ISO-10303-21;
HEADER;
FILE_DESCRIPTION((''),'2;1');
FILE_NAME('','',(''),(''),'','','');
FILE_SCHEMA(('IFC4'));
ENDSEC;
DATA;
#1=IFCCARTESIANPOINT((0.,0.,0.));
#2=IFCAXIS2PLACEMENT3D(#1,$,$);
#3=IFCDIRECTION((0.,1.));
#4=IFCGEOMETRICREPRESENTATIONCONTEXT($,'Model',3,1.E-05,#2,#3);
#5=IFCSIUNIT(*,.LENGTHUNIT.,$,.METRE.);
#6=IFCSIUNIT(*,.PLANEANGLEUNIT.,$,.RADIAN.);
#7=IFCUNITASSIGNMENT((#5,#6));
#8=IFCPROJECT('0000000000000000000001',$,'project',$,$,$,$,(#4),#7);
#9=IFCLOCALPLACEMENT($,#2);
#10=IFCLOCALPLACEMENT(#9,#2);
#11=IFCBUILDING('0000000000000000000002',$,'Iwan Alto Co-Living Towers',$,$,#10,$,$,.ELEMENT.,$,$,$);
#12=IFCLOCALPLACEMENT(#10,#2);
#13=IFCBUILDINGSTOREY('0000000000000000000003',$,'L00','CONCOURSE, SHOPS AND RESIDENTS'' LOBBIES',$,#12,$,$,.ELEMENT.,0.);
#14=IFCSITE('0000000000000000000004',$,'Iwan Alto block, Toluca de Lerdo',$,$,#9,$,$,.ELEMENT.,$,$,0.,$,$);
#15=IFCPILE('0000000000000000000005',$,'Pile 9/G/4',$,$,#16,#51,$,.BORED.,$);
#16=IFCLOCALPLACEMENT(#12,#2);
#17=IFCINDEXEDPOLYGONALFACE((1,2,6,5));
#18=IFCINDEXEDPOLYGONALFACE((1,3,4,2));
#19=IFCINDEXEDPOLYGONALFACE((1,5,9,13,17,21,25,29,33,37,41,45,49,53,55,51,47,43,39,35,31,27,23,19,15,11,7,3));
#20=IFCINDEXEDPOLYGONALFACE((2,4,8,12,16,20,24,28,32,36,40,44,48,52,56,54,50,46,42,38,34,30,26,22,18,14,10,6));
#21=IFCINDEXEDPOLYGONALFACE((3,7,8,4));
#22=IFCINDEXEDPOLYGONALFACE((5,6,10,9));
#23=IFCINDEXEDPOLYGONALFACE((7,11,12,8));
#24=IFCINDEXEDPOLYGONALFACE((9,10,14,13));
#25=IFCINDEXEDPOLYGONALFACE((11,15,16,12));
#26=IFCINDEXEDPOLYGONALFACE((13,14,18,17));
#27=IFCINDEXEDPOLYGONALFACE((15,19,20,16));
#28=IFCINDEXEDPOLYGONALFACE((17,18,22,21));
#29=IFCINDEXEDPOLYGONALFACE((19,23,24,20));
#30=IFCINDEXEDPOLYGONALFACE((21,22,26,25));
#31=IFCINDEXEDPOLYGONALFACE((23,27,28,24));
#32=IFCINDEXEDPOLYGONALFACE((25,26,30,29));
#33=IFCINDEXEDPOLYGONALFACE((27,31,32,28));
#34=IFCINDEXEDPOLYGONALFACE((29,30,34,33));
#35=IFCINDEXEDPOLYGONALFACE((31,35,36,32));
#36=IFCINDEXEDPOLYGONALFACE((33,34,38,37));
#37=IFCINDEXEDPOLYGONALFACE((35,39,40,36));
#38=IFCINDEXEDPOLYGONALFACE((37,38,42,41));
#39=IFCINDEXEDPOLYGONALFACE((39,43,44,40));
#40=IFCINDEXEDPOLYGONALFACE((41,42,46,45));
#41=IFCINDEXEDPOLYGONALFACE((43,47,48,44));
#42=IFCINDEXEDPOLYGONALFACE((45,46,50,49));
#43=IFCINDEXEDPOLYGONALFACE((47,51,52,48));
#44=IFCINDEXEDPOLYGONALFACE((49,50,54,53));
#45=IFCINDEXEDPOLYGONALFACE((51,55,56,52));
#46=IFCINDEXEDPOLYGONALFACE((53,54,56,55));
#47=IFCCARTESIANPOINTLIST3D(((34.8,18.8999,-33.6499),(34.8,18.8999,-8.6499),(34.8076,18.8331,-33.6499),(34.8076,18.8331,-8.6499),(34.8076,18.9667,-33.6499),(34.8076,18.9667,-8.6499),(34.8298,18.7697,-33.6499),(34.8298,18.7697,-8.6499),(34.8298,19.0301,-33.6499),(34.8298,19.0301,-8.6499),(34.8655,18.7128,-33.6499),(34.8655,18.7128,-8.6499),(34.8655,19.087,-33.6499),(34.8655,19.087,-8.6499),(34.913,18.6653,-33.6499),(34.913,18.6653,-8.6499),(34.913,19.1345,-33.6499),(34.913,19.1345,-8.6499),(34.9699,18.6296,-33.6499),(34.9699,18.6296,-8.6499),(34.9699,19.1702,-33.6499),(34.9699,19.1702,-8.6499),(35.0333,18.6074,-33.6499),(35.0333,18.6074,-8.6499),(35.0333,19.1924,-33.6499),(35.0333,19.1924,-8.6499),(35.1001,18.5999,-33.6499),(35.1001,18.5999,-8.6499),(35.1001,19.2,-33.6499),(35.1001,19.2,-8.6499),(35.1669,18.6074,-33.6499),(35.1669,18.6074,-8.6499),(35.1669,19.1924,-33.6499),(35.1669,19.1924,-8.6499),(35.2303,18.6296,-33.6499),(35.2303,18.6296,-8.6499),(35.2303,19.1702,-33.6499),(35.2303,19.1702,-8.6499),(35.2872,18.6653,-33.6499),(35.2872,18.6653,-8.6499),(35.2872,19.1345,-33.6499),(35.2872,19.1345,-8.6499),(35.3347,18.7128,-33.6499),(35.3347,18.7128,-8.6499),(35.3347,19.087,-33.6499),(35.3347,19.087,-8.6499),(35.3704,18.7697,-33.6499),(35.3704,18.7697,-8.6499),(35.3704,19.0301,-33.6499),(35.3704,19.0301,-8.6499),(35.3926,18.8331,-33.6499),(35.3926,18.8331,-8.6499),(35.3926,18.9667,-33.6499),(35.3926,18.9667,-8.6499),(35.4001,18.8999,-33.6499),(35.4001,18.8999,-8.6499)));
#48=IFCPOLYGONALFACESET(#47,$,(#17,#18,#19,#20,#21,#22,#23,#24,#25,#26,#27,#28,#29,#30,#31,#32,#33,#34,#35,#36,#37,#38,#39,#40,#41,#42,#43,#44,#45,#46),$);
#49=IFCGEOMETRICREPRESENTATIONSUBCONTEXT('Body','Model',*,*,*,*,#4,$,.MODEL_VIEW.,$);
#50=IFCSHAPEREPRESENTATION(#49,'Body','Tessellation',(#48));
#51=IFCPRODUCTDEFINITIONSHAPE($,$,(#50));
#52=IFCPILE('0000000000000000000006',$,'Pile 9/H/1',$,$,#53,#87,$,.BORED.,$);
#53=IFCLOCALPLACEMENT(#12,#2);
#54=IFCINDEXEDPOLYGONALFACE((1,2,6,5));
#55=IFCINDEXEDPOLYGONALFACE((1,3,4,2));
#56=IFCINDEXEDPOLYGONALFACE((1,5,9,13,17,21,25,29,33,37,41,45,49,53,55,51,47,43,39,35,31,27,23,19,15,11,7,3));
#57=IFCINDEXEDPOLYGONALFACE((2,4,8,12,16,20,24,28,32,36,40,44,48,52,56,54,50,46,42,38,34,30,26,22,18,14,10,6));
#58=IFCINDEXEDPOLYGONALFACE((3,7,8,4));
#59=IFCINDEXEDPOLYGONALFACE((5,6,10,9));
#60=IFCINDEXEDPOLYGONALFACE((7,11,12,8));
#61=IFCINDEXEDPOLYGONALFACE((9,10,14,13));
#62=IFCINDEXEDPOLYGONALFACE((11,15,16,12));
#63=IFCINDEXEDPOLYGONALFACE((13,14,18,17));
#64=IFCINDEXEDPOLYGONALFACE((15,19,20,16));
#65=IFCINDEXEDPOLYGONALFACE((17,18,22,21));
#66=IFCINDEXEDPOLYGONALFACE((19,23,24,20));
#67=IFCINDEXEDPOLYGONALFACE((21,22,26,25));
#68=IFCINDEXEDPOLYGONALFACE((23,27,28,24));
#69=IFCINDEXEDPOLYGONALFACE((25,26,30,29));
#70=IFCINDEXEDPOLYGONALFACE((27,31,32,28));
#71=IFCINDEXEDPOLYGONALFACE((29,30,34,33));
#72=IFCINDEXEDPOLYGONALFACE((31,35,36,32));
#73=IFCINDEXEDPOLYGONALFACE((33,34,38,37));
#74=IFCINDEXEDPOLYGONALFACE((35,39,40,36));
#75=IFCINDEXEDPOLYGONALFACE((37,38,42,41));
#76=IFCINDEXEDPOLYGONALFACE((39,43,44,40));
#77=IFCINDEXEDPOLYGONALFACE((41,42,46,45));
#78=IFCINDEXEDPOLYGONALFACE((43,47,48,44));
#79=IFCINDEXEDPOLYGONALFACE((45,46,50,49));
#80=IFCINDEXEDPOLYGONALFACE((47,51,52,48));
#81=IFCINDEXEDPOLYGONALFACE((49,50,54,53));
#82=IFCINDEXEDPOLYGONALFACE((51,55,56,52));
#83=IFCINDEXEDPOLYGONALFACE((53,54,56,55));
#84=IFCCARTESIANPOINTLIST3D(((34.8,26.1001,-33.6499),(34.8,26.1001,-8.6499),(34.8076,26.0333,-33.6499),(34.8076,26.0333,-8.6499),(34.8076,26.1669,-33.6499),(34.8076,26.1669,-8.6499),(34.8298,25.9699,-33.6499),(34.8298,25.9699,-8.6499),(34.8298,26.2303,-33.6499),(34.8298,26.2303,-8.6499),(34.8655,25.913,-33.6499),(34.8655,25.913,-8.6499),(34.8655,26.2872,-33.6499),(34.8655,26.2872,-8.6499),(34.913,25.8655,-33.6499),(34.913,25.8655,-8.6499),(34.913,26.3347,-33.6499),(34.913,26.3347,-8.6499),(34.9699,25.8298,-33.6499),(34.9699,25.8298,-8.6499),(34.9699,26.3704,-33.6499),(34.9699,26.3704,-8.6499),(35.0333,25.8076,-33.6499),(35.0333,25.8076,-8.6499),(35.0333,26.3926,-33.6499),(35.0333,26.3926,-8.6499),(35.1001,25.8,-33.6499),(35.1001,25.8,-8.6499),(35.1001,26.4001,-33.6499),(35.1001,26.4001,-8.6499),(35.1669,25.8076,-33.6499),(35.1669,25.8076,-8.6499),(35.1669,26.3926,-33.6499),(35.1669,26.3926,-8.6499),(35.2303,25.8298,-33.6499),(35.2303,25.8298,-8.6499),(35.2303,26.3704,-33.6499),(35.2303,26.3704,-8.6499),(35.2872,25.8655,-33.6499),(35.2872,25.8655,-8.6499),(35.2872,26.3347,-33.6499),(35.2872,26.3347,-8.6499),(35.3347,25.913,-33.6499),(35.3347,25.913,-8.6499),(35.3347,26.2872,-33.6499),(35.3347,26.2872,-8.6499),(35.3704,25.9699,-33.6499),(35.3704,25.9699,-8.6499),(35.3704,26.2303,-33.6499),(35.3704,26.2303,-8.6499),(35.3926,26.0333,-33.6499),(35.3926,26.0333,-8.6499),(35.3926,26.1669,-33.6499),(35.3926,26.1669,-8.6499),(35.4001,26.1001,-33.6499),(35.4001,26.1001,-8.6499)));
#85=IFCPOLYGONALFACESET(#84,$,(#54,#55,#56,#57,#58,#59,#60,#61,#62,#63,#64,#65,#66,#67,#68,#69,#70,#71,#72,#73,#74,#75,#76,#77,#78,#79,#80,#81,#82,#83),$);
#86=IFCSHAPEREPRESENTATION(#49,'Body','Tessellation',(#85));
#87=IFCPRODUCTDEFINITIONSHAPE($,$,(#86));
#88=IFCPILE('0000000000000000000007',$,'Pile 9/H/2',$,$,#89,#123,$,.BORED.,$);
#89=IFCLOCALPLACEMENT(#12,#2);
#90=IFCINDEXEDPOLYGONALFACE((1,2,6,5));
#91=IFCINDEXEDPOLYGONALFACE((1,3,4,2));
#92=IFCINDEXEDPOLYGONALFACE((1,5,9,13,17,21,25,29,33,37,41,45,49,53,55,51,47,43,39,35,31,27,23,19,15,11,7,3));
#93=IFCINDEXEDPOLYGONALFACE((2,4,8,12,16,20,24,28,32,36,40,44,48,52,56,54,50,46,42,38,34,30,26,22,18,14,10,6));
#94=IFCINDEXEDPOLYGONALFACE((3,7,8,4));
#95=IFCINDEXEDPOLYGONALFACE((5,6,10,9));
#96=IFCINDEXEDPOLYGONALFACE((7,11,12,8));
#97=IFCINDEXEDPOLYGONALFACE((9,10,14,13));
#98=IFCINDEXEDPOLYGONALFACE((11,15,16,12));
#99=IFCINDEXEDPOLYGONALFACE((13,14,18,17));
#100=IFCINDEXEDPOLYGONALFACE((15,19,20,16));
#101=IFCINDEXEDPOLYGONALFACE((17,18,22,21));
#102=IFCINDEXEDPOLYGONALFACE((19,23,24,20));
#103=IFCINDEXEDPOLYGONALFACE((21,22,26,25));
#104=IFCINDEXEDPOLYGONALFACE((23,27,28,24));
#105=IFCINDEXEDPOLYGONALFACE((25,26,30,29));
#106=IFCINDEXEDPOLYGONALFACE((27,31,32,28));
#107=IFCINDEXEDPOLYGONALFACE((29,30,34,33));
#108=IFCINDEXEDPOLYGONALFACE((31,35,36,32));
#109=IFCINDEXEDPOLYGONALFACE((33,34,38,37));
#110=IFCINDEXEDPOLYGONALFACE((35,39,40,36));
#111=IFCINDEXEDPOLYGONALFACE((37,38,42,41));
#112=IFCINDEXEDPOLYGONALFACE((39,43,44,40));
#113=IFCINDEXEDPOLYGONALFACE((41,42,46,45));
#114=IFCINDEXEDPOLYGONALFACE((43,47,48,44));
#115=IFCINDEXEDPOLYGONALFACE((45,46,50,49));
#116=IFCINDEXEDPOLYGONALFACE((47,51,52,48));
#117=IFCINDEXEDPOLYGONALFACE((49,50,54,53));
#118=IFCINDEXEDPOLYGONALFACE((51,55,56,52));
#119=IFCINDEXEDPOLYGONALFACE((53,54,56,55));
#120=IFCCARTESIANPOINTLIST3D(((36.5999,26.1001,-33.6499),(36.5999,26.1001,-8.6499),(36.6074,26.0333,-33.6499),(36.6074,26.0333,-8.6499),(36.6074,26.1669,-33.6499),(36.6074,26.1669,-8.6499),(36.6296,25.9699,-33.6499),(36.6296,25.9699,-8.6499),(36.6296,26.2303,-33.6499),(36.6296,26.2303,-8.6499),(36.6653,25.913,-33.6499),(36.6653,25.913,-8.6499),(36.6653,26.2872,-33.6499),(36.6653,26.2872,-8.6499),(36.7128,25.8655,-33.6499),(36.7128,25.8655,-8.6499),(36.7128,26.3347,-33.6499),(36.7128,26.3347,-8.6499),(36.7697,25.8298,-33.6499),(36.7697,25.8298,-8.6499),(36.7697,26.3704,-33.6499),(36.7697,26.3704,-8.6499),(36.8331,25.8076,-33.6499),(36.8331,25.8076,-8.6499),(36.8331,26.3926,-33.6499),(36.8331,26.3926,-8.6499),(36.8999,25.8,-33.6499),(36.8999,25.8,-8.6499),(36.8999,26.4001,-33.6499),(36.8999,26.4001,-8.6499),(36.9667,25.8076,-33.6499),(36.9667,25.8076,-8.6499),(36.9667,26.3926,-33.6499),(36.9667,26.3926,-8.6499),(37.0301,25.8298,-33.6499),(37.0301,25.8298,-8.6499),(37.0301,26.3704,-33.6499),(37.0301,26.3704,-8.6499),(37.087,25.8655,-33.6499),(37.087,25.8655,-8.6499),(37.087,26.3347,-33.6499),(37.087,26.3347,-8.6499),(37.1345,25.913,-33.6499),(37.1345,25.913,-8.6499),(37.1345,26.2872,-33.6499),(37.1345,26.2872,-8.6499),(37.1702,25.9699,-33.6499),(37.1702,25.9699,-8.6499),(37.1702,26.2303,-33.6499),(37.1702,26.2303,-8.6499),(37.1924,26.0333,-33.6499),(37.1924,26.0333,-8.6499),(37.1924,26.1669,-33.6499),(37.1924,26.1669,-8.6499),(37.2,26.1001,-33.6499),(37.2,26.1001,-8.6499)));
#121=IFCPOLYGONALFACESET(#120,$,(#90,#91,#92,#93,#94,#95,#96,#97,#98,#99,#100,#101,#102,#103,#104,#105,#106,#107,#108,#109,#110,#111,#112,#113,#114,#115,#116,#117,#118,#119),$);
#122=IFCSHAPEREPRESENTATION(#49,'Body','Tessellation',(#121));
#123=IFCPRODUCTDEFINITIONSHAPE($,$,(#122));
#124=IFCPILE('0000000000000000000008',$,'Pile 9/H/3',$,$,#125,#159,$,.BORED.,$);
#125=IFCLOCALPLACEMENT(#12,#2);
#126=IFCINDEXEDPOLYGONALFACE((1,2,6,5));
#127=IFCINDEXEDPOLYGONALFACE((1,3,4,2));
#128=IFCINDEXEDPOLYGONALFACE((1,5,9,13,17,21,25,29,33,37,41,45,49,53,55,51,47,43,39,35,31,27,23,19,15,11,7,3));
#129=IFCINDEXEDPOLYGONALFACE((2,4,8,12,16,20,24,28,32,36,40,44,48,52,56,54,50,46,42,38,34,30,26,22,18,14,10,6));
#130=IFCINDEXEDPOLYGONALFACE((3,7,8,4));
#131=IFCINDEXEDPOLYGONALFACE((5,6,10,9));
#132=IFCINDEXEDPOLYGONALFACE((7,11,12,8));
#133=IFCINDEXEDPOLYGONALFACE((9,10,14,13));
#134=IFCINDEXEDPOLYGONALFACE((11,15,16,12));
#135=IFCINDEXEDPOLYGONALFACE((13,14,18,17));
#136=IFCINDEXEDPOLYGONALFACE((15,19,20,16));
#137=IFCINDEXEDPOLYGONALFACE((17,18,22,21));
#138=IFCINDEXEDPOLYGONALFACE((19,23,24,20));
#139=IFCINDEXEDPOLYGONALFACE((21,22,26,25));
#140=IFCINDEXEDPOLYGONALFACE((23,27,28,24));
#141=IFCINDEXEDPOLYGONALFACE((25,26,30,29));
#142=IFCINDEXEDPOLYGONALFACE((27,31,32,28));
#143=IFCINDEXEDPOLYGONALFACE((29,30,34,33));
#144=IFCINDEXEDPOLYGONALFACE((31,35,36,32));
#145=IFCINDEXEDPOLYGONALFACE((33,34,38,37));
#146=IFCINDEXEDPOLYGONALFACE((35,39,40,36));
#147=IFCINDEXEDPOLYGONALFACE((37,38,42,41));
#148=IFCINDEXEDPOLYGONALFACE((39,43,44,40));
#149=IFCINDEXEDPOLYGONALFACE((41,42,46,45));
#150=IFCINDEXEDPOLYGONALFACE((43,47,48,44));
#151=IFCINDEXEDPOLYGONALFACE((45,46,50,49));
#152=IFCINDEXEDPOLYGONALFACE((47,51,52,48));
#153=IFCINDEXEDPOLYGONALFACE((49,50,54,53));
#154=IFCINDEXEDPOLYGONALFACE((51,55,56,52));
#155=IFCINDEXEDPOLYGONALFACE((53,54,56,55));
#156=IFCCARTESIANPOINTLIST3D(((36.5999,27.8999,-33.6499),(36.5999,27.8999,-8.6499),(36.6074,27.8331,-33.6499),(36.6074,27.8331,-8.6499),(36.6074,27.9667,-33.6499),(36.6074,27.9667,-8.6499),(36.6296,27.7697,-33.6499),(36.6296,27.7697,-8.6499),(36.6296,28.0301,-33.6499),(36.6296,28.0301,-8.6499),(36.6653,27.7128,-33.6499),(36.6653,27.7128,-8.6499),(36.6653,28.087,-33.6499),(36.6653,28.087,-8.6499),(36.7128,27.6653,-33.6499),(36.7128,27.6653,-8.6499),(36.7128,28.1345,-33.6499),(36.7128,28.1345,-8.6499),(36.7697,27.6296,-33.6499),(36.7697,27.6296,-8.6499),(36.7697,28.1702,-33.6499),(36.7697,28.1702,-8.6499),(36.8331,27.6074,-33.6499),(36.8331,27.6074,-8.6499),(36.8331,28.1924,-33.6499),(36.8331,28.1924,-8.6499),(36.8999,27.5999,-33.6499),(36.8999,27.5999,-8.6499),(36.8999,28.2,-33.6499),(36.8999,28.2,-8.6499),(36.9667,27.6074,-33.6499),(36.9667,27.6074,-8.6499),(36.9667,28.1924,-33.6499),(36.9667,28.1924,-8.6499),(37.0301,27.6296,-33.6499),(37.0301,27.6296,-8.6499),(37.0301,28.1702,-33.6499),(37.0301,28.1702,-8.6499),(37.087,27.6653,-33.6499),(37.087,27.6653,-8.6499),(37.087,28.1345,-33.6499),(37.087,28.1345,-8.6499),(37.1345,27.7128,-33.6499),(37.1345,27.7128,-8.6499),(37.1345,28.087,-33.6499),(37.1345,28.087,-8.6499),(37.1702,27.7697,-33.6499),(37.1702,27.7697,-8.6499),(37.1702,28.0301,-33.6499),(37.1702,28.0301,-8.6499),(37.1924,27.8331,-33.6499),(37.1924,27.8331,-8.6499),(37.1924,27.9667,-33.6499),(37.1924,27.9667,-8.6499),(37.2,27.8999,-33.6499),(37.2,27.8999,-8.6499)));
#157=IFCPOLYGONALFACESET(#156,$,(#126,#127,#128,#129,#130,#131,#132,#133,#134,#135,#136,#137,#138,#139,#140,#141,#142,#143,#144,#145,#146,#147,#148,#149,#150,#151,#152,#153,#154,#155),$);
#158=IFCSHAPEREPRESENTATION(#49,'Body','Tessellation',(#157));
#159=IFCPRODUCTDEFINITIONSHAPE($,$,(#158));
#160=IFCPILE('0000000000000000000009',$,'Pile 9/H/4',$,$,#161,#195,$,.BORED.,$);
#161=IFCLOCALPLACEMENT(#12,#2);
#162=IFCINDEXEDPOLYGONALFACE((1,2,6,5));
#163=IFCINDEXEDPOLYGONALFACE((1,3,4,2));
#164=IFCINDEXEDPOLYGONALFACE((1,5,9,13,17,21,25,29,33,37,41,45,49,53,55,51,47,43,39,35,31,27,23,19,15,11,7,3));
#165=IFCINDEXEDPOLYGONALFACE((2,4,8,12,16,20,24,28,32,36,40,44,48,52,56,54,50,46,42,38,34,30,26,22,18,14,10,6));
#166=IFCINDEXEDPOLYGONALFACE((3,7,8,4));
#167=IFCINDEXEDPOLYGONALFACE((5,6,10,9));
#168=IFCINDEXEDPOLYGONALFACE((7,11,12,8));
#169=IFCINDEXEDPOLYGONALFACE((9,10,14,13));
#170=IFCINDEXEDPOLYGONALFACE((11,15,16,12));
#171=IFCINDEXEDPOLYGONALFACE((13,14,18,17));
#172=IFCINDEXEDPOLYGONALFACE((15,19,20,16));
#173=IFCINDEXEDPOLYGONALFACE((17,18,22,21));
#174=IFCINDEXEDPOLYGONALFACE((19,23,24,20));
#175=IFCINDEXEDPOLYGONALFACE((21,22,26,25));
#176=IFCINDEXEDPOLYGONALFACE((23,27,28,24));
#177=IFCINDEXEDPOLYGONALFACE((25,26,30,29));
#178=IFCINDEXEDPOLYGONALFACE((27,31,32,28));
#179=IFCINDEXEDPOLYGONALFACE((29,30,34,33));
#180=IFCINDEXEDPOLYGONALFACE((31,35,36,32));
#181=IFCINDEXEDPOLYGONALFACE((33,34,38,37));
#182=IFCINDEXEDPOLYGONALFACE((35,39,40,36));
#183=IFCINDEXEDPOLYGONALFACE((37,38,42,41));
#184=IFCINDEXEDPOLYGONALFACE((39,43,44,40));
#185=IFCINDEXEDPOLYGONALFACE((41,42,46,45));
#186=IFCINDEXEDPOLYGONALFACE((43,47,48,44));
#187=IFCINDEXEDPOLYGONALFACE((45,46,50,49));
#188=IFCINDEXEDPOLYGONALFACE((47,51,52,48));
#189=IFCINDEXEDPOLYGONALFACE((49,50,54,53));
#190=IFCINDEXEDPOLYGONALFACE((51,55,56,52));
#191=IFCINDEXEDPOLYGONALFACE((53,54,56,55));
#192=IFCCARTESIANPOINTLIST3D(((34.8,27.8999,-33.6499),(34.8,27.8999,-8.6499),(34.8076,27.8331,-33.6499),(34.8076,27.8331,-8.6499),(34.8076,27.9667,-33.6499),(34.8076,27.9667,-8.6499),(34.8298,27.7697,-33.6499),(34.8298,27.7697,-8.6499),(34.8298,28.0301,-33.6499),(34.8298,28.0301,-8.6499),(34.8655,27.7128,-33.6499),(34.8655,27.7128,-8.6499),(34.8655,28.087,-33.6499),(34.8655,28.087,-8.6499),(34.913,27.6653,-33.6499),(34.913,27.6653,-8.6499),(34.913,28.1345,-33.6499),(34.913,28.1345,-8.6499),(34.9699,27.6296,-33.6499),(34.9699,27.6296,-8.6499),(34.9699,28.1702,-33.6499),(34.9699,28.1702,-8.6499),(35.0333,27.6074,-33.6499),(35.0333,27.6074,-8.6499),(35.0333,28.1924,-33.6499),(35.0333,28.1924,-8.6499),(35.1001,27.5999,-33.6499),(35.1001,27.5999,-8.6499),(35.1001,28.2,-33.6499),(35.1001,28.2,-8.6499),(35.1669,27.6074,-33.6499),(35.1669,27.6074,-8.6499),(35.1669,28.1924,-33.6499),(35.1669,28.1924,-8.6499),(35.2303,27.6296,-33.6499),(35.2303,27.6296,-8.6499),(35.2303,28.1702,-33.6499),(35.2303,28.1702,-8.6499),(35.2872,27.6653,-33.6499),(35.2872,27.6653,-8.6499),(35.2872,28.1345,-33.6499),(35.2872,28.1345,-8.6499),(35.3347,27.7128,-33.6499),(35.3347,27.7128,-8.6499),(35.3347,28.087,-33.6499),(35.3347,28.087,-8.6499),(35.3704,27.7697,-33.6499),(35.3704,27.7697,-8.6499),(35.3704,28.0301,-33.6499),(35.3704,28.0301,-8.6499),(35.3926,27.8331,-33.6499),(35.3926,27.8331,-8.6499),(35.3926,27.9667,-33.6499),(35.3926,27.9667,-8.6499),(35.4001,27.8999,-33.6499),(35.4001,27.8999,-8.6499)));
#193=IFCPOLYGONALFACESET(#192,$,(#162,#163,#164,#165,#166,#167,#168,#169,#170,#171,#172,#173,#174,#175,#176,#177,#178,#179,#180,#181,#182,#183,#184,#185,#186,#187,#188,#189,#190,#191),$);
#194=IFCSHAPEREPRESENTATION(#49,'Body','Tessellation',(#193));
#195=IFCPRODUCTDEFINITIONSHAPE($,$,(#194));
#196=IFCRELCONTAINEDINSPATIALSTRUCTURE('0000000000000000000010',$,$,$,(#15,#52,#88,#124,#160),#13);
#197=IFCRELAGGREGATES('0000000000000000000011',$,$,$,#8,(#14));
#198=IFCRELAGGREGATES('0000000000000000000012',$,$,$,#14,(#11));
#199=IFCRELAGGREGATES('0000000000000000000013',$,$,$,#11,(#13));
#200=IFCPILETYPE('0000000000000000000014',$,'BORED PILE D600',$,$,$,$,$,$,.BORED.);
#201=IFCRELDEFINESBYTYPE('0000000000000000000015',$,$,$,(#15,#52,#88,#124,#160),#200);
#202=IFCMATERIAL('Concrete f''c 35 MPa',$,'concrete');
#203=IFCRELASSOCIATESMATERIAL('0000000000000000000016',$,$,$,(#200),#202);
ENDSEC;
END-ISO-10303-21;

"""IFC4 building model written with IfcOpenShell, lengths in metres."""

from ifc_helpers import new_model, si_unit, direction, frame, origin, origin_2d, place, context, subcontext, project, spatial, circle, extrude, material, material_profile, profile_set, type_object, element, save


model = new_model("IFC4")

# Units and contexts
model_context = context("Model", 3, precision=1e-05, world=origin(), true_north=direction((0.0, 1.0)))
body_context = subcontext(model_context, "Body", "Model", "MODEL_VIEW")
ifc_project = project(units=[si_unit("LENGTHUNIT", "METRE"), si_unit("PLANEANGLEUNIT", "RADIAN")], contexts=[model_context])

# Site, building, storey
site_placement = place(None, origin())
site = spatial("IfcSite", under=ifc_project, at=site_placement, Name="Iwan Alto block, Toluca de Lerdo", CompositionType="ELEMENT", RefElevation=0.0)
building_placement = place(site_placement, origin())
building = spatial("IfcBuilding", under=site, at=building_placement, Name="Iwan Alto Co-Living Towers", CompositionType="ELEMENT")
storey_placement = place(building_placement, origin())
storey = spatial("IfcBuildingStorey", under=building, at=storey_placement, Name="L00", Description="CONCOURSE, SHOPS AND RESIDENTS' LOBBIES", CompositionType="ELEMENT", Elevation=0.0)

# Piles
ifc_material_1 = material(Name="Concrete f'c 35 MPa", Category="concrete")
ifc_material_profile_1 = material_profile(ifc_material_1, circle(Radius=0.3, at=origin_2d()), Name="D600")
ifc_profile_set_1 = profile_set([ifc_material_profile_1], Name="Concrete f'c 35 MPa")
pile_type_1 = type_object("IfcPileType", Name="BORED PILE D600", PredefinedType="BORED", material=ifc_profile_set_1)
for number, where, z_axis, x_axis, name in (
    (1, (35.1001, 18.8999, -8.6499), (0.0, 0.0, -1.0), (1.0, 0.0, 0.0), "Pile 9/G/4"),
    (2, (35.1001, 26.1001, -8.6499), (0.0, 0.0, -1.0), (1.0, 0.0, 0.0), "Pile 9/H/1"),
    (3, (36.8999, 26.1001, -8.6499), (0.0, 0.0, -1.0), (1.0, 0.0, 0.0), "Pile 9/H/2"),
    (4, (36.8999, 27.8999, -8.6499), (0.0, 0.0, -1.0), (1.0, 0.0, 0.0), "Pile 9/H/3"),
    (5, (35.1001, 27.8999, -8.6499), (0.0, 0.0, -1.0), (1.0, 0.0, 0.0), "Pile 9/H/4"),
):
    element("IfcPile", number, at=place(storey_placement, frame(where, z_axis=z_axis, x_axis=x_axis)), inside=storey, type_object=pile_type_1, Name=name, PredefinedType="BORED", context=body_context, shape_type="SweptSolid", body=[
        extrude(circle(Radius=0.3, at=origin_2d()), origin(), (0.0, 0.0, 1.0), 25.0),
    ])

save(model, "model.ifc")
